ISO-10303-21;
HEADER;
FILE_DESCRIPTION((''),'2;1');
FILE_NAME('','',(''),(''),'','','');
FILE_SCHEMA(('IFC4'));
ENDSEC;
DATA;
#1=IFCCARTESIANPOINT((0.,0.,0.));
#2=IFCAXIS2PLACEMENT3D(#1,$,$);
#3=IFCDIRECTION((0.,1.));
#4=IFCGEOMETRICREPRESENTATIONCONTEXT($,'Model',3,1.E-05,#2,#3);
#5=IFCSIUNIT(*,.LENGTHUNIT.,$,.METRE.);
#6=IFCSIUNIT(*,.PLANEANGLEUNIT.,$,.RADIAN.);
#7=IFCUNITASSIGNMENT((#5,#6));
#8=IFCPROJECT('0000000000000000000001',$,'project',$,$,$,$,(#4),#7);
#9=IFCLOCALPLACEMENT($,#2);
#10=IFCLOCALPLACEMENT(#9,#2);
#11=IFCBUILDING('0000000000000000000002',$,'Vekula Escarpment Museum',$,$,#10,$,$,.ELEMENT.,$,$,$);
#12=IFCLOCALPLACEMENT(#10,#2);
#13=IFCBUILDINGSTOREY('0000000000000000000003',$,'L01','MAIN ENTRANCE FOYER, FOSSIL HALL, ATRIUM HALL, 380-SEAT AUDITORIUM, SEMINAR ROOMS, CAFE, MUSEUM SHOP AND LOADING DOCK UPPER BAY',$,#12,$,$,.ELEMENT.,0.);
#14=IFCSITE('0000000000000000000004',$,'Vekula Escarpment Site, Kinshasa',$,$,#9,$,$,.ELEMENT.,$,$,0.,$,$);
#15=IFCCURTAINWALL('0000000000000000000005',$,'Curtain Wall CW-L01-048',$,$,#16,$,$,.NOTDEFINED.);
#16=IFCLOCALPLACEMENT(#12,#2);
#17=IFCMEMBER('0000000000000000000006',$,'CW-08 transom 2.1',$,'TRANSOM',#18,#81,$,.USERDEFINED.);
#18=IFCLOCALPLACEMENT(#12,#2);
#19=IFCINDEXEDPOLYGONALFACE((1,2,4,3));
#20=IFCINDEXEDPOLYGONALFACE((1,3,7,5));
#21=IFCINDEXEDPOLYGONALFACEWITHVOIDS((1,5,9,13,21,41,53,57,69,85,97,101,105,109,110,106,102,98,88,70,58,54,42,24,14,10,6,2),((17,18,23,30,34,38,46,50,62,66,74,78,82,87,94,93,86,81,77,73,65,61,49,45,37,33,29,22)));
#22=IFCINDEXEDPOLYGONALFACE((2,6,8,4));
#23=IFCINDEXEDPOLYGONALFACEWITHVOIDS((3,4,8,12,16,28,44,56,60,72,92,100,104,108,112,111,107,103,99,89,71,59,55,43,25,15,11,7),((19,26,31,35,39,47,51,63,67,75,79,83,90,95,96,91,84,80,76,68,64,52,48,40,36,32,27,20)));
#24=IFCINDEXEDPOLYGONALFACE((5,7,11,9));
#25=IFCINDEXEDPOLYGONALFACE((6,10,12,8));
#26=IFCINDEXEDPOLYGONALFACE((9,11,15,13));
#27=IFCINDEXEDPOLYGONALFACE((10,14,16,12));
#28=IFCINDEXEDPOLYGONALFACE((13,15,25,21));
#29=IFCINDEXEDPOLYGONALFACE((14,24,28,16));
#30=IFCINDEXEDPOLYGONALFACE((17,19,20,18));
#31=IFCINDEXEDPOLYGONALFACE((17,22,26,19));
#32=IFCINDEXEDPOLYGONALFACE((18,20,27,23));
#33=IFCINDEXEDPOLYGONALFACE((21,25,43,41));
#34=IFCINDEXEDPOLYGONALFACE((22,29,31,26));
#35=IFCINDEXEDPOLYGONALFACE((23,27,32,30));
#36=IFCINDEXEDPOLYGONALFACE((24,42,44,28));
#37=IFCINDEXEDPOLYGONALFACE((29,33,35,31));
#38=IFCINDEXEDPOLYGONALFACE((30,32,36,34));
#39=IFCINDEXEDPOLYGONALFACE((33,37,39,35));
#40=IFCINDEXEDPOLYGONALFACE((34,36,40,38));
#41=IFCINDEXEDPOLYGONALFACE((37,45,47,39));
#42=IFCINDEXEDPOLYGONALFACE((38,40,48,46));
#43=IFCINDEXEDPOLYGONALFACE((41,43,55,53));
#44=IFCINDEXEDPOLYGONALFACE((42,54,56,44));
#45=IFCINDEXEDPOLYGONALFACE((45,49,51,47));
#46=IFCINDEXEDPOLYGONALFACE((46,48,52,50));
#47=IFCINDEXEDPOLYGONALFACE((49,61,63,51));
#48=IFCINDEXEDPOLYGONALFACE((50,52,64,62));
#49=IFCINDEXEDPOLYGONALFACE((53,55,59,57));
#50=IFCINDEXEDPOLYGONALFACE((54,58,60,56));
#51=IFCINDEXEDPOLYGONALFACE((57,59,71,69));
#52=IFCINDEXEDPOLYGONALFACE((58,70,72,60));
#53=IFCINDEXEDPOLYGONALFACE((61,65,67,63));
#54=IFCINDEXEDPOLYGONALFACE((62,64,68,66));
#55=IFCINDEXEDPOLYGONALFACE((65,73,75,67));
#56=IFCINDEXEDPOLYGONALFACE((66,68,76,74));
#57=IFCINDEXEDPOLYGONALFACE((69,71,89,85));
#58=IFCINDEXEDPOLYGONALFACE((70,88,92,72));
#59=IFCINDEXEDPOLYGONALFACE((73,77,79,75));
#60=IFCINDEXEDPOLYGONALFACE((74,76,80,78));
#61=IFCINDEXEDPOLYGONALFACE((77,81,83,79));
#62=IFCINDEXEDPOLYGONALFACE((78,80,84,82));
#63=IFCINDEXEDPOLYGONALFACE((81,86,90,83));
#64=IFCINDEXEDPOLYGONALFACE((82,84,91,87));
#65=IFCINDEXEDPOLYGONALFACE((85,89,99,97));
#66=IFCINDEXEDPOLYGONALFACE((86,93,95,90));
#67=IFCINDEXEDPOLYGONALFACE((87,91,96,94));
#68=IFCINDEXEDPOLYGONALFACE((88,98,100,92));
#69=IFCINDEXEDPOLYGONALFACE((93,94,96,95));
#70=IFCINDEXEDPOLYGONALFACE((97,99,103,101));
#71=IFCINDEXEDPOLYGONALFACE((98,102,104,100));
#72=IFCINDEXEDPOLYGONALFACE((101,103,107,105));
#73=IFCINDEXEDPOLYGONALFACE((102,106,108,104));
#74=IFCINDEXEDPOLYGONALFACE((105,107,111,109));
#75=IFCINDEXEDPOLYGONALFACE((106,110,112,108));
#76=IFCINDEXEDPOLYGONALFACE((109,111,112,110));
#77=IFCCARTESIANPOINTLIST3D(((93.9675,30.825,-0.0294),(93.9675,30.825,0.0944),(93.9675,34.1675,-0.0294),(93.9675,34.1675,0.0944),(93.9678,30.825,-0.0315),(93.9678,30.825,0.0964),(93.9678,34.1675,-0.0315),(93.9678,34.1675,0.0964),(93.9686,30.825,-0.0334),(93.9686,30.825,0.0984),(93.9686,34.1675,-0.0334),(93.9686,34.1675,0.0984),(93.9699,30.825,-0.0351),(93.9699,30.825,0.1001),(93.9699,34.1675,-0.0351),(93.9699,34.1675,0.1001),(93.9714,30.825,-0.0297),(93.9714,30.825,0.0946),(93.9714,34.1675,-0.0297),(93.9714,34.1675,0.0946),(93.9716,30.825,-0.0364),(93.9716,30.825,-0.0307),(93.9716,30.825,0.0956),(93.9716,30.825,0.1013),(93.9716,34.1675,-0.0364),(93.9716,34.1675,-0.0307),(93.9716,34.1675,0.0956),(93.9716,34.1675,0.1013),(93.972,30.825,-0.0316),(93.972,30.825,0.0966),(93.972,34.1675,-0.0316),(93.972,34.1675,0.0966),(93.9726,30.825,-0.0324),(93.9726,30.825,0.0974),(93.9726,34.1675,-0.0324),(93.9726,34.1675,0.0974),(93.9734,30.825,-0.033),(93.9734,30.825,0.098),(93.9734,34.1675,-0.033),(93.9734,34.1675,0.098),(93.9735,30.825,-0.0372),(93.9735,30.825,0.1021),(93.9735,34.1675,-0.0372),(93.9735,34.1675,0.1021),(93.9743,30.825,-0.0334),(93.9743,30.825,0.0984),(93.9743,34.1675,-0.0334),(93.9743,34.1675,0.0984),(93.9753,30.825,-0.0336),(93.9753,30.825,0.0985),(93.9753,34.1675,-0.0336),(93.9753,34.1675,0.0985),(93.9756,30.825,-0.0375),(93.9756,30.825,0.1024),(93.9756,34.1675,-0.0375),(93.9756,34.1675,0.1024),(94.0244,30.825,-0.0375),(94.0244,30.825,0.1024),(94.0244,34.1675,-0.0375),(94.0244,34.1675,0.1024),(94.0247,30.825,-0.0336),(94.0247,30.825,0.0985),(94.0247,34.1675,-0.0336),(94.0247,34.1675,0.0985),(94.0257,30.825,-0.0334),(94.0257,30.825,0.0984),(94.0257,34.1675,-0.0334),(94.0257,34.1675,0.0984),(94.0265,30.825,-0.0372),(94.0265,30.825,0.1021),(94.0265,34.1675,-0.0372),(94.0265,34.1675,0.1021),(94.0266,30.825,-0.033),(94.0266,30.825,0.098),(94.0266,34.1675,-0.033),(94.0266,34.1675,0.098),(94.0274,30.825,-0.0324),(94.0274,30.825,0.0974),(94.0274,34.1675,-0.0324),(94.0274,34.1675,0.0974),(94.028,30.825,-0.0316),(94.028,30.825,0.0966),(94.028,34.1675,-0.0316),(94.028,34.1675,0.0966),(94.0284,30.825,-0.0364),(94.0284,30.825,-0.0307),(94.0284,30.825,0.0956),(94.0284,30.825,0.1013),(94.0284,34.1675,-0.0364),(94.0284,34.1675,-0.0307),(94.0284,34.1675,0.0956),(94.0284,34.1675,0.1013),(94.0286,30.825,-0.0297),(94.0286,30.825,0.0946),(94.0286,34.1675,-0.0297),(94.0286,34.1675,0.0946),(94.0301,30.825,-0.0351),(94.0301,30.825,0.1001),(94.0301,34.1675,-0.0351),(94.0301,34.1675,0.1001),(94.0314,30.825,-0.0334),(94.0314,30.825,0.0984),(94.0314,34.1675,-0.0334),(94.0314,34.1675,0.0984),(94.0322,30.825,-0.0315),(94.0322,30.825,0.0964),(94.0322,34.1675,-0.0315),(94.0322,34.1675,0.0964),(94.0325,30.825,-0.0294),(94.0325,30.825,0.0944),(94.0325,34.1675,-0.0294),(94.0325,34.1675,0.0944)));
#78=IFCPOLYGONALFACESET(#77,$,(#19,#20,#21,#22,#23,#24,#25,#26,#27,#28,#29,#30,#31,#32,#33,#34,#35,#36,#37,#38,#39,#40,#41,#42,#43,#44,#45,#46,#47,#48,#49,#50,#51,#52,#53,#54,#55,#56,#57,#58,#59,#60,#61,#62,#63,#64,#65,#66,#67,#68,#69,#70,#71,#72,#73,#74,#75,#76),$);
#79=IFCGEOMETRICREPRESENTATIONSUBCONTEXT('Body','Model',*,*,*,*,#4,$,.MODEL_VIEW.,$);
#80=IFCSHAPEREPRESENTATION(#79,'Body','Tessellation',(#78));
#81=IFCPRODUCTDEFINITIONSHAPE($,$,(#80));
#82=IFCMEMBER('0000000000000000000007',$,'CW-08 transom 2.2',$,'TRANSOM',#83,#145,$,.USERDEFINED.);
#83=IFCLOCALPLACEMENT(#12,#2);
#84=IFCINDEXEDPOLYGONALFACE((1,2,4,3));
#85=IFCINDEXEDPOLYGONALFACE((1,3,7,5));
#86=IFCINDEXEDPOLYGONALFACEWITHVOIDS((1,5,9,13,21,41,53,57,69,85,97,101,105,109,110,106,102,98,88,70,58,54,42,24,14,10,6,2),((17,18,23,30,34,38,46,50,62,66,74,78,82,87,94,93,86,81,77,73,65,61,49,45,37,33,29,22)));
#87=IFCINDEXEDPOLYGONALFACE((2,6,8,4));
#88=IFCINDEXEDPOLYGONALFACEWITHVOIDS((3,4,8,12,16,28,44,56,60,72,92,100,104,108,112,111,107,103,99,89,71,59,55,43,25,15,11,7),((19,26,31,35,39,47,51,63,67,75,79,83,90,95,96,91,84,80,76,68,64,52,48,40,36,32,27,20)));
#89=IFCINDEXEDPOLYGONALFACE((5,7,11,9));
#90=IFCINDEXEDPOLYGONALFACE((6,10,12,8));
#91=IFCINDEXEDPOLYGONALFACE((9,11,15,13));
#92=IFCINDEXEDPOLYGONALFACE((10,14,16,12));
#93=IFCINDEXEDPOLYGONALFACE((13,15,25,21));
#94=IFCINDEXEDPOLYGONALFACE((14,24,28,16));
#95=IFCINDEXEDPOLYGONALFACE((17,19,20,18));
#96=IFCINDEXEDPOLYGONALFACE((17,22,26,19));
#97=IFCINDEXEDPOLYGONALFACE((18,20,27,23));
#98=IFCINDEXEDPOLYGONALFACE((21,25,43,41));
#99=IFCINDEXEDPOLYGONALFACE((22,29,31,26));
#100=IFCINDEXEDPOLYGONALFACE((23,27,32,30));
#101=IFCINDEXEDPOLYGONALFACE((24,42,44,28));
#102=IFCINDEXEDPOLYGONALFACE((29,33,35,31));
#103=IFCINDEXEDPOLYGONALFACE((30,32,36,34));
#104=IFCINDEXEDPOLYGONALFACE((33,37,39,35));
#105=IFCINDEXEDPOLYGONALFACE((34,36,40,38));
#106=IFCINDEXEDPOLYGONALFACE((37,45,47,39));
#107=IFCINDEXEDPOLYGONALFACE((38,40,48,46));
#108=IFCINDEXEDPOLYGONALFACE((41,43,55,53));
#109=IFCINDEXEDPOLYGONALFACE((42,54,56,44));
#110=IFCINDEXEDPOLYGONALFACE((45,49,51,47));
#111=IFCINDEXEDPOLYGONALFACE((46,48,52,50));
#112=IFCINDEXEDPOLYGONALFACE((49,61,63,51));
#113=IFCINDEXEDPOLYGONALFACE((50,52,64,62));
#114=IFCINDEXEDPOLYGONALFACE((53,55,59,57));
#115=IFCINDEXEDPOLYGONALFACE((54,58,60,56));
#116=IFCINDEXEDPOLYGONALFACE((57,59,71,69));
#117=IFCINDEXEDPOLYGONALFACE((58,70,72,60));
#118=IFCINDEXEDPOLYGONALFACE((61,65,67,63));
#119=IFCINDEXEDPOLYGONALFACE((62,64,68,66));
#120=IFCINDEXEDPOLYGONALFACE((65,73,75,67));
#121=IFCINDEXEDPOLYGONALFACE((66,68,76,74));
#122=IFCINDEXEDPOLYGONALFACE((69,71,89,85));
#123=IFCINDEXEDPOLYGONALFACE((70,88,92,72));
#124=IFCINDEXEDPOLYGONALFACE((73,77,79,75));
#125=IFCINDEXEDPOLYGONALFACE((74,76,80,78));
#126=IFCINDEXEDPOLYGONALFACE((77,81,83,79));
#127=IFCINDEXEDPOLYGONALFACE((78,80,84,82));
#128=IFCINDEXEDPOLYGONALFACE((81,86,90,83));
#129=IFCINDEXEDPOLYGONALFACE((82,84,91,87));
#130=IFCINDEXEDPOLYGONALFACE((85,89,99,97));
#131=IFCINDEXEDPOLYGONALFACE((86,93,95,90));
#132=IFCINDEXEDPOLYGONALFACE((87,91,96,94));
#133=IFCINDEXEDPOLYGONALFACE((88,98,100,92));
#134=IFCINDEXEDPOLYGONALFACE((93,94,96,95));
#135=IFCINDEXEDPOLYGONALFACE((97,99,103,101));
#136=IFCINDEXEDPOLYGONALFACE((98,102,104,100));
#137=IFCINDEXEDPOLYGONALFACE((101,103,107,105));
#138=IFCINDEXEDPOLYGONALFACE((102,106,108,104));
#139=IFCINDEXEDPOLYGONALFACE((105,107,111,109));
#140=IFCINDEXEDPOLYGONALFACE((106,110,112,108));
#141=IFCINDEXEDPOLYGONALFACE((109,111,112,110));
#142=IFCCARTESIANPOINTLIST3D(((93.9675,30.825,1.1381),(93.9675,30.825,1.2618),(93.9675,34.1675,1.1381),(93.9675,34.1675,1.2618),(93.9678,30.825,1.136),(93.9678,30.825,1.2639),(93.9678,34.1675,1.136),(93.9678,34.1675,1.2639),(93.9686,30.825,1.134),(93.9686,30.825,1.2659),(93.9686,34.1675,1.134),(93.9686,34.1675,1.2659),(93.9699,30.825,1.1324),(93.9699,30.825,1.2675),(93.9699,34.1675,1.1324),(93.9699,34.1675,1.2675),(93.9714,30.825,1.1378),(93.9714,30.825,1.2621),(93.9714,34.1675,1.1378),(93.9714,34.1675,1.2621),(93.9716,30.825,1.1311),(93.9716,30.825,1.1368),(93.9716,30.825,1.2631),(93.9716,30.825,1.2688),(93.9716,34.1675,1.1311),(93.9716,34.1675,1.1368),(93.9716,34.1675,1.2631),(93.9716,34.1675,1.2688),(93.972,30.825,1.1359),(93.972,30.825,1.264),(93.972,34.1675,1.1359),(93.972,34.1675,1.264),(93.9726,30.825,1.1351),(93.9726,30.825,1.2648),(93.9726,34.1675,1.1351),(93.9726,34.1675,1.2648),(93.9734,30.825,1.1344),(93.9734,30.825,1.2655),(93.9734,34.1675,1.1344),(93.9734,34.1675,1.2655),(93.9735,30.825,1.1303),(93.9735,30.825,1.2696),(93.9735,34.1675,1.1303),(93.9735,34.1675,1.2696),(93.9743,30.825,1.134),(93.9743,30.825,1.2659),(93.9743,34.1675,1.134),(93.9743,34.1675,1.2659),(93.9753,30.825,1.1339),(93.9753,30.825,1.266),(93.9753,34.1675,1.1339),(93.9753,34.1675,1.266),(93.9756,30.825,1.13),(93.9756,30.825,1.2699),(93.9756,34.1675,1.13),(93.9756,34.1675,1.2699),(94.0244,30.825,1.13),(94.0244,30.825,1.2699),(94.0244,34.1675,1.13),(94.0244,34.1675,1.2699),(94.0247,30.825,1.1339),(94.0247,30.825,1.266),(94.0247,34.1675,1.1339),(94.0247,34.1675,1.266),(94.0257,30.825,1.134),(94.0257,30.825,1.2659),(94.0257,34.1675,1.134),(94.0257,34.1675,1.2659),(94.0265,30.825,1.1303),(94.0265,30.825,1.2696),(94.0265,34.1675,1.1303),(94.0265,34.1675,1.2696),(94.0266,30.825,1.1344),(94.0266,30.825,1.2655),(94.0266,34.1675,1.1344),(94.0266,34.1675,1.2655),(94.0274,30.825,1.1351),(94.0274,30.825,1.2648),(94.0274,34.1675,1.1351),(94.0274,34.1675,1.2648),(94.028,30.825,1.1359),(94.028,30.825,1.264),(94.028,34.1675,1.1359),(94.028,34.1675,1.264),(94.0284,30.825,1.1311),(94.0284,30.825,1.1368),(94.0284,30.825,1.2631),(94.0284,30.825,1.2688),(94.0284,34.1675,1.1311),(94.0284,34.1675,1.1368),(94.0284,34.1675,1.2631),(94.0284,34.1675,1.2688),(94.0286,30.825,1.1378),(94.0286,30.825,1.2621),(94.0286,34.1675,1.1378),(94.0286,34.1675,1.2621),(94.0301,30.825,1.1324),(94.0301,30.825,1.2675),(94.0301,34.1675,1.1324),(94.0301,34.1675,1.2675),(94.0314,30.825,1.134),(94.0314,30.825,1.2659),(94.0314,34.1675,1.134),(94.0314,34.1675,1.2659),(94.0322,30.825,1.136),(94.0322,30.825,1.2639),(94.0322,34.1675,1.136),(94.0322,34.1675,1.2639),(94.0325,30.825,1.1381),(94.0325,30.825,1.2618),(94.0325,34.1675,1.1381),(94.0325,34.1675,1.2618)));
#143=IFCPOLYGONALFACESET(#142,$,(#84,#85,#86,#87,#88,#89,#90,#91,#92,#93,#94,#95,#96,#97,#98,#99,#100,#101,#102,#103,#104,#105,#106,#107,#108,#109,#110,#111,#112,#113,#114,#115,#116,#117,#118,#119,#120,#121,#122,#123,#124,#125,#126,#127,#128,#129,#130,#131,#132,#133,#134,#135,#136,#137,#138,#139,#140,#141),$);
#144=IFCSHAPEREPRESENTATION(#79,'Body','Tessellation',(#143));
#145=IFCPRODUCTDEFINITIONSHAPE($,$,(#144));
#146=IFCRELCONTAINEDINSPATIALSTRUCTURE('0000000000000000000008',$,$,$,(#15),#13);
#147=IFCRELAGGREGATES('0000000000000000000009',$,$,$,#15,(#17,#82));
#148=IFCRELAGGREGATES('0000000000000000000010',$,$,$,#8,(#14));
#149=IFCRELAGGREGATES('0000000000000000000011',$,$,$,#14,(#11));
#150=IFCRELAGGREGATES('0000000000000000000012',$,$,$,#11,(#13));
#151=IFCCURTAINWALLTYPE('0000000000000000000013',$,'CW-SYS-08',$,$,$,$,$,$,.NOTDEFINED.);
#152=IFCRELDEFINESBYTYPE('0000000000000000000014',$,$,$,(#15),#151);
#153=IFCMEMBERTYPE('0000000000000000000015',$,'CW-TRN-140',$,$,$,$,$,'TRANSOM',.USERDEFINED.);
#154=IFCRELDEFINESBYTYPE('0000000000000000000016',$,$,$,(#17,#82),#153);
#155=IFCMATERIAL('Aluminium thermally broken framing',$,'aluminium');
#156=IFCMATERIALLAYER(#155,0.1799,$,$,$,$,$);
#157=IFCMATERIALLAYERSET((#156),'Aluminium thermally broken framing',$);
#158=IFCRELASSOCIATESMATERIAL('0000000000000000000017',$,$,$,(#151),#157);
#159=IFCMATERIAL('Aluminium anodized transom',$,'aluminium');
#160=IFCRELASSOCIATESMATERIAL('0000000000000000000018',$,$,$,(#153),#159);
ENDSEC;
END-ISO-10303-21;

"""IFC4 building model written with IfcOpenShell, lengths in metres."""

from ifc_helpers import new_model, si_unit, direction, frame, origin, origin_2d, place, context, subcontext, project, spatial, hollow_rectangle, extrude, material, layer, layer_set, material_profile, profile_set, type_object, element, aggregate, save


model = new_model("IFC4")

# Units and contexts
model_context = context("Model", 3, precision=1e-05, world=origin(), true_north=direction((0.0, 1.0)))
body_context = subcontext(model_context, "Body", "Model", "MODEL_VIEW")
ifc_project = project(units=[si_unit("LENGTHUNIT", "METRE"), si_unit("PLANEANGLEUNIT", "RADIAN")], contexts=[model_context])

# Site, building, storey
site_placement = place(None, origin())
site = spatial("IfcSite", under=ifc_project, at=site_placement, Name="Vekula Escarpment Site, Kinshasa", CompositionType="ELEMENT", RefElevation=0.0)
building_placement = place(site_placement, origin())
building = spatial("IfcBuilding", under=site, at=building_placement, Name="Vekula Escarpment Museum", CompositionType="ELEMENT")
storey_placement = place(building_placement, origin())
storey = spatial("IfcBuildingStorey", under=building, at=storey_placement, Name="L01", Description="MAIN ENTRANCE FOYER, FOSSIL HALL, ATRIUM HALL, 380-SEAT AUDITORIUM, SEMINAR ROOMS, CAFE, MUSEUM SHOP AND LOADING DOCK UPPER BAY", CompositionType="ELEMENT", Elevation=0.0)

# Curtain wall
ifc_material_1 = material(Name="Aluminium thermally broken framing", Category="aluminium")
ifc_layer_1 = layer(ifc_material_1, 0.1799)
ifc_layer_set_1 = layer_set([ifc_layer_1], Name="Aluminium thermally broken framing")
curtain_wall_type_1 = type_object("IfcCurtainWallType", Name="CW-SYS-08", PredefinedType="NOTDEFINED", material=ifc_layer_set_1)
curtain_wall_1_placement = place(storey_placement, origin())
curtain_wall_1 = element("IfcCurtainWall", 1, at=curtain_wall_1_placement, inside=storey, type_object=curtain_wall_type_1, Name="Curtain Wall CW-L01-048", PredefinedType="NOTDEFINED")

# Members
ifc_material_2 = material(Name="Aluminium anodized transom", Category="aluminium")
ifc_material_profile_1 = material_profile(ifc_material_2, hollow_rectangle(XDim=0.0649, YDim=0.1399, WallThickness=0.0039, InnerFilletRadius=0.0039, OuterFilletRadius=0.0081, at=origin_2d()), Name="ALU 140x65x4")
ifc_profile_set_1 = profile_set([ifc_material_profile_1], Name="Aluminium anodized transom")
member_type_1 = type_object("IfcMemberType", Name="CW-TRN-140", ElementType="TRANSOM", PredefinedType="USERDEFINED", material=ifc_profile_set_1)
member_1_placement = place(storey_placement, frame((94.0, 34.1675, 0.0325), z_axis=(0.0, -1.0, 0.0), x_axis=(1.0, 0.0, 0.0)))
member_1 = element("IfcMember", 2, at=member_1_placement, type_object=member_type_1, Name="CW-08 transom 2.1", ObjectType="TRANSOM", PredefinedType="USERDEFINED", context=body_context, shape_type="SweptSolid", body=[
    extrude(hollow_rectangle(XDim=0.0649, YDim=0.1399, WallThickness=0.0039, InnerFilletRadius=0.0039, OuterFilletRadius=0.0081, at=origin_2d()), origin(), (0.0, 0.0, 1.0), 3.3425),
])
member_2_placement = place(storey_placement, frame((94.0, 34.1675, 1.2), z_axis=(0.0, -1.0, 0.0), x_axis=(1.0, 0.0, 0.0)))
member_2 = element("IfcMember", 3, at=member_2_placement, type_object=member_type_1, Name="CW-08 transom 2.2", ObjectType="TRANSOM", PredefinedType="USERDEFINED", context=body_context, shape_type="SweptSolid", body=[
    extrude(hollow_rectangle(XDim=0.0649, YDim=0.1399, WallThickness=0.0039, InnerFilletRadius=0.0039, OuterFilletRadius=0.0081, at=origin_2d()), origin(), (0.0, 0.0, 1.0), 3.3425),
])

aggregate(curtain_wall_1, [member_1, member_2])

save(model, "model.ifc")
